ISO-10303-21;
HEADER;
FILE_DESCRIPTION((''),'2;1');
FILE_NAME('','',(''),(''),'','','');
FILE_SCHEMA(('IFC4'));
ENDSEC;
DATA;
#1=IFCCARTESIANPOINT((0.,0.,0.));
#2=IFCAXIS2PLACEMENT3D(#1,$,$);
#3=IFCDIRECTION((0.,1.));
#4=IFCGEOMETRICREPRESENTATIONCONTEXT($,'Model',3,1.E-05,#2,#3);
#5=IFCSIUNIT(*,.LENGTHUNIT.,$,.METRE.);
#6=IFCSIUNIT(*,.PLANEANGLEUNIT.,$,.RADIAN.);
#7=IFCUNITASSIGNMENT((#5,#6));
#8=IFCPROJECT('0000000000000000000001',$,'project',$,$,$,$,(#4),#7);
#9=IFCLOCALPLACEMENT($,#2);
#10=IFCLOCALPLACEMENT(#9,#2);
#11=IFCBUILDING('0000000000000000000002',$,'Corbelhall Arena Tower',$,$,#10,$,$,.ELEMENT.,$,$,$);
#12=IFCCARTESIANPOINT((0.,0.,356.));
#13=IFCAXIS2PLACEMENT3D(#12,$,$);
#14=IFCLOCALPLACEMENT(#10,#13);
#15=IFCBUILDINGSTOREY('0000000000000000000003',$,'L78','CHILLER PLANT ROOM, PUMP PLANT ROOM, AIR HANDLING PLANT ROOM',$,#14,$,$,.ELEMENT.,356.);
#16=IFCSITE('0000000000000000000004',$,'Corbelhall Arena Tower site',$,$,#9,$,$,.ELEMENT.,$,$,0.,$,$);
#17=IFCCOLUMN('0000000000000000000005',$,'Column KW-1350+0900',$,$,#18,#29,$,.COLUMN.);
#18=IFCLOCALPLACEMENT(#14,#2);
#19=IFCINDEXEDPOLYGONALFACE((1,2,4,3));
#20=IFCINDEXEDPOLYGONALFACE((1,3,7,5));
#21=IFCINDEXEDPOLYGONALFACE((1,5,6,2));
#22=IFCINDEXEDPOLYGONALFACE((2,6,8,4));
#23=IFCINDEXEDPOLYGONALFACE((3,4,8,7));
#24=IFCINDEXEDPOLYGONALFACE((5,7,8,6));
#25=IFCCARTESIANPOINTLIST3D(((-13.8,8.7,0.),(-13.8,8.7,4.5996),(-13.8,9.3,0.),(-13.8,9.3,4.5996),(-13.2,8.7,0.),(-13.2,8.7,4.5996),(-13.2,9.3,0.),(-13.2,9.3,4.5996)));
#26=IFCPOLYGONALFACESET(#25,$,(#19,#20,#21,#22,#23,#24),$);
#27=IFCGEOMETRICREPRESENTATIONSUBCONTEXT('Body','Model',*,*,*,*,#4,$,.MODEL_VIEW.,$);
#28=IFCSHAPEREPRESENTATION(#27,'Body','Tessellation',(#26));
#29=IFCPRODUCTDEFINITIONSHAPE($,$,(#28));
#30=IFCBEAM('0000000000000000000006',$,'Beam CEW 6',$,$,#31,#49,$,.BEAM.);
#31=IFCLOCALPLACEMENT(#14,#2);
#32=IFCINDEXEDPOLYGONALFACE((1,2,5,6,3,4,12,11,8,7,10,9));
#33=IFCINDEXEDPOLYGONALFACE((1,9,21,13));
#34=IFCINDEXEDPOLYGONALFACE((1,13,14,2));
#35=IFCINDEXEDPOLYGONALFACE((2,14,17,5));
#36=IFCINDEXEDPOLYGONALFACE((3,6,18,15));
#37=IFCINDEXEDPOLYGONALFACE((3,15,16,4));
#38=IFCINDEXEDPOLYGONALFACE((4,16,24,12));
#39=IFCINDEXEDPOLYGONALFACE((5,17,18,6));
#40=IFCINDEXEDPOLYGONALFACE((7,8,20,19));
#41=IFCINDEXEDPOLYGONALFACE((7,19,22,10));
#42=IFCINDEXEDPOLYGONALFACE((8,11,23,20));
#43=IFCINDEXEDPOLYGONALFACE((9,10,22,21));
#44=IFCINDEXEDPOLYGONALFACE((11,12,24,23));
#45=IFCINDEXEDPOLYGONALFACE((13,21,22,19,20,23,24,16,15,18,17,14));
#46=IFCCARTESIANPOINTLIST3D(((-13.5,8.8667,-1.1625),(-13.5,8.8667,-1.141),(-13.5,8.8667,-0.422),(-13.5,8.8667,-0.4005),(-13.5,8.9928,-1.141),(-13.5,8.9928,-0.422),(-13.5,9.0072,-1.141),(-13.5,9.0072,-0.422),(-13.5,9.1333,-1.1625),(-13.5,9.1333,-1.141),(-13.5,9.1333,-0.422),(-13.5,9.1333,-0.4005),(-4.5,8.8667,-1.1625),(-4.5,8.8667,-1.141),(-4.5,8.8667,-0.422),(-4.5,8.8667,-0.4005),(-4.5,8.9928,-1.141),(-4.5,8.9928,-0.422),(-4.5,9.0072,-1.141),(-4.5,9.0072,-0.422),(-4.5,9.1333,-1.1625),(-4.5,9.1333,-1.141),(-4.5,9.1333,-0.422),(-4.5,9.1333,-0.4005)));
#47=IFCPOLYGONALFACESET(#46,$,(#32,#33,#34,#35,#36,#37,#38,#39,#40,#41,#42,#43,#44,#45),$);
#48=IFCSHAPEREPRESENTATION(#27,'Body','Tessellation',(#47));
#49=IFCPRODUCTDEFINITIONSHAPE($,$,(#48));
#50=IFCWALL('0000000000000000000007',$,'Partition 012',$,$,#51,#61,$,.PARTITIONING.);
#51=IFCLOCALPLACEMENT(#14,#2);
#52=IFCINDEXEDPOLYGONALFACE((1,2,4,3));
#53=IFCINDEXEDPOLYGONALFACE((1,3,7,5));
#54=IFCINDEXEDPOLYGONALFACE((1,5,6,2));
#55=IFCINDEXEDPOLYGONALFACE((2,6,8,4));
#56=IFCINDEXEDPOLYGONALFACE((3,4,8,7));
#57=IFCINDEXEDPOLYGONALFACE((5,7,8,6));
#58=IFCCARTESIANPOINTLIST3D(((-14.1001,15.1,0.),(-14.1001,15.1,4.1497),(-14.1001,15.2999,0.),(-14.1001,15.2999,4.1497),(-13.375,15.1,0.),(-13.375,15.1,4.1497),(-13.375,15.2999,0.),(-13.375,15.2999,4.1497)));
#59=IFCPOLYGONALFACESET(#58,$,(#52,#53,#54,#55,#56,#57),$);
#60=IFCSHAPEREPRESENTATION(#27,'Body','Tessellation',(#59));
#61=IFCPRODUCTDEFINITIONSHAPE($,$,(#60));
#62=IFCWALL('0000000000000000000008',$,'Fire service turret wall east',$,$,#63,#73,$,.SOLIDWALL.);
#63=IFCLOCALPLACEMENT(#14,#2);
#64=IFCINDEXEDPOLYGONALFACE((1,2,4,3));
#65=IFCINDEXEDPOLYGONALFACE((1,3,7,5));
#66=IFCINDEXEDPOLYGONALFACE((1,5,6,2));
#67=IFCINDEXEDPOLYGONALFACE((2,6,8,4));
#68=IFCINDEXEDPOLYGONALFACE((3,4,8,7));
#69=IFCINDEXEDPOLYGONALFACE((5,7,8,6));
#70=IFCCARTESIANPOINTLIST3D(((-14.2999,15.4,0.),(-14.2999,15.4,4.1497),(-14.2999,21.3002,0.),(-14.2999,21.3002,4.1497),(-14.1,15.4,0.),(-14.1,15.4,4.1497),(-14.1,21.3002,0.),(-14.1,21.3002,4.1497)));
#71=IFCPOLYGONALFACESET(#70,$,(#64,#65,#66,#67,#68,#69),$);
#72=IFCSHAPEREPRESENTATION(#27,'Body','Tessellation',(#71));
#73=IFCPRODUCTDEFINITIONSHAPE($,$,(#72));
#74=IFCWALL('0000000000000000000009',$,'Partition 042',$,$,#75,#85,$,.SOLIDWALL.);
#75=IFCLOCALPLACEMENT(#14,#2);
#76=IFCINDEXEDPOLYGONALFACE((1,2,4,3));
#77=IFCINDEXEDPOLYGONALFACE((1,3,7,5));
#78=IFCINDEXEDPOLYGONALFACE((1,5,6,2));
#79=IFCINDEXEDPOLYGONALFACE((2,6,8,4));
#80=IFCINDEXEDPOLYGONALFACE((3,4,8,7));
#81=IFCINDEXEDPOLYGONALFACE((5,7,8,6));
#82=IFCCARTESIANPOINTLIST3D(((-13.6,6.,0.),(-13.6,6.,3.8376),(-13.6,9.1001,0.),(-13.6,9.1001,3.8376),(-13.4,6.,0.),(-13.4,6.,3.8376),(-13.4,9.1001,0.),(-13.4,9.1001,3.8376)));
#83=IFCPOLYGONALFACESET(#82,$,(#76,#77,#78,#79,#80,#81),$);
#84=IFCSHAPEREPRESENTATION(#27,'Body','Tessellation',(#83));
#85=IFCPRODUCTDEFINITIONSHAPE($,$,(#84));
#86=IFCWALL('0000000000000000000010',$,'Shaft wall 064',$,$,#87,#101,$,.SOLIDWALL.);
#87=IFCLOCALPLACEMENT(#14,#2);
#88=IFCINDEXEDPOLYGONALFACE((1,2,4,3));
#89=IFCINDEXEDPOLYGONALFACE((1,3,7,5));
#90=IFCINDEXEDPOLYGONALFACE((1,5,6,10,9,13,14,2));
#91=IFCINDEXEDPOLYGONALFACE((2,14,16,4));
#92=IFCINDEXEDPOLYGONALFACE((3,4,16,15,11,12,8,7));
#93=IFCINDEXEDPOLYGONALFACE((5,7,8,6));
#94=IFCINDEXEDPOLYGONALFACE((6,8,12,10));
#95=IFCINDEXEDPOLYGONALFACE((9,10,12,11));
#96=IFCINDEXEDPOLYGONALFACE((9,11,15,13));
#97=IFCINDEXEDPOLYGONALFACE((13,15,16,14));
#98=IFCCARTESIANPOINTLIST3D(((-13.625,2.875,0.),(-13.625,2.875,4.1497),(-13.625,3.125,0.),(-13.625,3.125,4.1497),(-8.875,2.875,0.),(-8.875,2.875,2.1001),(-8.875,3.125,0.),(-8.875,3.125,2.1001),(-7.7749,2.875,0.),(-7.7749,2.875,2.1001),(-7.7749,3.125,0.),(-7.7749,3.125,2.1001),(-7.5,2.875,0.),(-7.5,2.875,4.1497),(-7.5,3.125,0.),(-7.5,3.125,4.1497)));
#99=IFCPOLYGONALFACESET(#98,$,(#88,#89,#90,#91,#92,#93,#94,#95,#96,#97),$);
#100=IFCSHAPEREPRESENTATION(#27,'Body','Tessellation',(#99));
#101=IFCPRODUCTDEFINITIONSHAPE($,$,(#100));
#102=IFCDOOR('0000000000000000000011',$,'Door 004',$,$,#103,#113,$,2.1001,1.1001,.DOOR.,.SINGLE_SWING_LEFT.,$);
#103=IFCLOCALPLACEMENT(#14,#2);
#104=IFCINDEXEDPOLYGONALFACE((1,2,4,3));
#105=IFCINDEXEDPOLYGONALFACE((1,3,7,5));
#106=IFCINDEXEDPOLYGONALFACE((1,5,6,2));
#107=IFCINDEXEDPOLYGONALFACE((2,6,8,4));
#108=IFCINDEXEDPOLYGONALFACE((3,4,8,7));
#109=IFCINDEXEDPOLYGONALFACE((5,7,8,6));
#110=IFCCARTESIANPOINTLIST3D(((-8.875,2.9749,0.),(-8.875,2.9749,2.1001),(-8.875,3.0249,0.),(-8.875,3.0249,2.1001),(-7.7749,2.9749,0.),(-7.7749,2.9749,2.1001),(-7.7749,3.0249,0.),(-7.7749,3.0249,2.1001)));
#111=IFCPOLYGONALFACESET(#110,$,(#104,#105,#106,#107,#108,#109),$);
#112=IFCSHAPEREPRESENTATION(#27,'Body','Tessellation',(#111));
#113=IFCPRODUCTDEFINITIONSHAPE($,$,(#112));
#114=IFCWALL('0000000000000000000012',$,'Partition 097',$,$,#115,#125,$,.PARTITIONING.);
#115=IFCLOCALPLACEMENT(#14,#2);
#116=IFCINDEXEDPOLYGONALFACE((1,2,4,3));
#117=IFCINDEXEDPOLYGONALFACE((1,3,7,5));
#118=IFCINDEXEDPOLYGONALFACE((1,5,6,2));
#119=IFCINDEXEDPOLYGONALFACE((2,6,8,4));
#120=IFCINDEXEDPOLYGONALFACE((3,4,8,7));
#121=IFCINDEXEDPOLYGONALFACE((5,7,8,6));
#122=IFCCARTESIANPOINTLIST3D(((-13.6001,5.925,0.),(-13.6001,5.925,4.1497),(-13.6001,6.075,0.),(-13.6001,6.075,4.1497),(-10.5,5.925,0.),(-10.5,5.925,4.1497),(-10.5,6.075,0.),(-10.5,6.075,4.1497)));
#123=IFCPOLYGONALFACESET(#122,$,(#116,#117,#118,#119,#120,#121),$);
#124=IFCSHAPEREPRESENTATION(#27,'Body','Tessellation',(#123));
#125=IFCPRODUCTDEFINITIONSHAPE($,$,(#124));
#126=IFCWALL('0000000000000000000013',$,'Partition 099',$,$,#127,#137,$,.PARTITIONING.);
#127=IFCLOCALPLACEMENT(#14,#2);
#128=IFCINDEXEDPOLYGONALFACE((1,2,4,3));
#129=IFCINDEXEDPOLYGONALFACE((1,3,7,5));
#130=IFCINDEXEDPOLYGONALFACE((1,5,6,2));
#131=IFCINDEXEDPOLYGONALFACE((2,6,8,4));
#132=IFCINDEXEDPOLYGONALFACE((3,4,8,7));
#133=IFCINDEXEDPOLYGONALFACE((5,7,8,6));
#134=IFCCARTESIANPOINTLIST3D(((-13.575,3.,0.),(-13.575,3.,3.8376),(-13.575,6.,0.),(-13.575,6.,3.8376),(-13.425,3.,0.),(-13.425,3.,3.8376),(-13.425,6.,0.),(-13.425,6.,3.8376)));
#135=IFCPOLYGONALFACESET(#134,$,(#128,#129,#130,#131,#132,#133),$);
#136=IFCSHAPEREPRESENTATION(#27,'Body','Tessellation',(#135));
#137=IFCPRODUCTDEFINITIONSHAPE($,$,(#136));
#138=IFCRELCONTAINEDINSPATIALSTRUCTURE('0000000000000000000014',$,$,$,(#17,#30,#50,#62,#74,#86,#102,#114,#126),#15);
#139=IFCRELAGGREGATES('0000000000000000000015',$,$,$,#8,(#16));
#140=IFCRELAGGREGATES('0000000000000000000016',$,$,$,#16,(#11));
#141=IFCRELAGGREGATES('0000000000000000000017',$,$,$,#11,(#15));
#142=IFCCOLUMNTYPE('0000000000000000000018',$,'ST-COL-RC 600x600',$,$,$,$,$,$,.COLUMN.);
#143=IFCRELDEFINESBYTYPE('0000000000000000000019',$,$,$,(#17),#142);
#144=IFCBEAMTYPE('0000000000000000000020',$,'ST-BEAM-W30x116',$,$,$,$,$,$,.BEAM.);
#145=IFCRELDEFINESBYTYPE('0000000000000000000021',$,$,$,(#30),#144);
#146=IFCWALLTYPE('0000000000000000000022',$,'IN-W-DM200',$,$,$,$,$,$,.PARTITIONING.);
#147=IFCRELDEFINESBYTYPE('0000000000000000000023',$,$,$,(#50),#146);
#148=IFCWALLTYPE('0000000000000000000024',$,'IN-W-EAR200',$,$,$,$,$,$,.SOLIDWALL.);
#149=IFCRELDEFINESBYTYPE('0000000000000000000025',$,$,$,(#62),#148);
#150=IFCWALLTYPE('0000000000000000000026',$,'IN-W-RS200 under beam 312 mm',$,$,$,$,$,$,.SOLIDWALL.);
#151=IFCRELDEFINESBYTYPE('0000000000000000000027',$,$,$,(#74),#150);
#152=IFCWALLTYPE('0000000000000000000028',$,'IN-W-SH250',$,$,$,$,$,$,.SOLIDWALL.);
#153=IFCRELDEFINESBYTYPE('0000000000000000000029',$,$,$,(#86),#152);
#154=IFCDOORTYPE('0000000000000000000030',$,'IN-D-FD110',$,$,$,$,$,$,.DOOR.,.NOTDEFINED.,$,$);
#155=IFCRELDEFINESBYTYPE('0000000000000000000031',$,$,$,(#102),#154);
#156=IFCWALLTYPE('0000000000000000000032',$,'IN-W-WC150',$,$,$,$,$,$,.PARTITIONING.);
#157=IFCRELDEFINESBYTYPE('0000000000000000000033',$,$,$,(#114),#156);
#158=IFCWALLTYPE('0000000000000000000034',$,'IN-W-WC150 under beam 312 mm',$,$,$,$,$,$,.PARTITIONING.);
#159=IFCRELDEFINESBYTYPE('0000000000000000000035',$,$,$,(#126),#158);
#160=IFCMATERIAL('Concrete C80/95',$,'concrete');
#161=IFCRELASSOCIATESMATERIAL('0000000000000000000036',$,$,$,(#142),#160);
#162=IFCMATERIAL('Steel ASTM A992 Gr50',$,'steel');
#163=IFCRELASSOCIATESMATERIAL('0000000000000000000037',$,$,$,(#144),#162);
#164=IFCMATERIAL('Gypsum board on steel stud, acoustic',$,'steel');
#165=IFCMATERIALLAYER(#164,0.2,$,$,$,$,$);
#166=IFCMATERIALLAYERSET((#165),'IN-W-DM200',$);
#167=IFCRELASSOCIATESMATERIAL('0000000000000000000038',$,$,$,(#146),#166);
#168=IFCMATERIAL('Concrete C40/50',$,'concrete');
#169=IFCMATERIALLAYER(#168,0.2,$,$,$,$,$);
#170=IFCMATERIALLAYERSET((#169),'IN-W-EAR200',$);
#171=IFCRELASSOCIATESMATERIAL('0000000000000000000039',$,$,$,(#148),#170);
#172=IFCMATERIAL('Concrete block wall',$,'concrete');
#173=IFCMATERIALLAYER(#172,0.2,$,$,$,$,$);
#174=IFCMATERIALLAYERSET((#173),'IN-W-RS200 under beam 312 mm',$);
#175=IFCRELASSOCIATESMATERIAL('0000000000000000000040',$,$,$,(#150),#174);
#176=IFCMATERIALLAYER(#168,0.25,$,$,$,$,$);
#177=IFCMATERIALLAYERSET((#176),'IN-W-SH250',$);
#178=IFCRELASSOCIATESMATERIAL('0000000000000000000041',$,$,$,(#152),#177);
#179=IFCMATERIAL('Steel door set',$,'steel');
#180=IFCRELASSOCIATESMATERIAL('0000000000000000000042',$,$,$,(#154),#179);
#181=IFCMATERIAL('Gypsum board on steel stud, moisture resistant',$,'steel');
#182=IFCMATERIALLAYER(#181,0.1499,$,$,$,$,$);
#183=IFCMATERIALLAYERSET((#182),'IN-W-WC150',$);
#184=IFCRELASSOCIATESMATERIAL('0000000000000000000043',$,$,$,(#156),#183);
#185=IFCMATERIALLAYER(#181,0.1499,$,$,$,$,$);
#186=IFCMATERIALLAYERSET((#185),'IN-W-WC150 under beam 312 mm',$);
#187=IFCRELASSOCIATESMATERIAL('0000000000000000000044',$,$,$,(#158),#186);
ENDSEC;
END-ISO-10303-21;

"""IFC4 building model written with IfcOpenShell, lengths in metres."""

from ifc_helpers import new_model, si_unit, direction, frame, frame_2d, origin, origin_2d, place, context, subcontext, project, spatial, rectangle, i_section, extrude, material, layer, layer_set, material_profile, profile_set, type_object, element, fill, save


model = new_model("IFC4")

# Units and contexts
model_context = context("Model", 3, precision=1e-05, world=origin(), true_north=direction((0.0, 1.0)))
body_context = subcontext(model_context, "Body", "Model", "MODEL_VIEW")
ifc_project = project(units=[si_unit("LENGTHUNIT", "METRE"), si_unit("PLANEANGLEUNIT", "RADIAN")], contexts=[model_context])

# Site, building, storey
site_placement = place(None, origin())
site = spatial("IfcSite", under=ifc_project, at=site_placement, Name="Corbelhall Arena Tower site", CompositionType="ELEMENT", RefElevation=0.0)
building_placement = place(site_placement, origin())
building = spatial("IfcBuilding", under=site, at=building_placement, Name="Corbelhall Arena Tower", CompositionType="ELEMENT")
storey_placement = place(building_placement, frame((0.0, 0.0, 356.0)))
storey = spatial("IfcBuildingStorey", under=building, at=storey_placement, Name="L78", Description="CHILLER PLANT ROOM, PUMP PLANT ROOM, AIR HANDLING PLANT ROOM", CompositionType="ELEMENT", Elevation=356.0)

# Column
ifc_material_1 = material(Name="Concrete C80/95", Category="concrete")
ifc_material_profile_1 = material_profile(ifc_material_1, rectangle(XDim=0.6001, YDim=0.6001, at=origin_2d()))
ifc_profile_set_1 = profile_set([ifc_material_profile_1], Name="Concrete C80/95")
column_type = type_object("IfcColumnType", Name="ST-COL-RC 600x600", PredefinedType="COLUMN", material=ifc_profile_set_1)
column_placement = place(storey_placement, frame((-13.5, 9.0, 0.0), z_axis=(0.0, 0.0, 1.0), x_axis=(1.0, 0.0, 0.0)))
element("IfcColumn", 1, at=column_placement, inside=storey, type_object=column_type, Name="Column KW-1350+0900", PredefinedType="COLUMN", context=body_context, shape_type="SweptSolid", body=[
    extrude(rectangle(XDim=0.6001, YDim=0.6001, at=origin_2d()), origin(), (0.0, 0.0, 1.0), 4.5996),
])

# Beam
ifc_material_2 = material(Name="Steel ASTM A992 Gr50", Category="steel")
ifc_material_profile_2 = material_profile(ifc_material_2, i_section(OverallWidth=0.2666, OverallDepth=0.762, WebThickness=0.0144, FlangeThickness=0.0215, at=origin_2d()))
ifc_profile_set_2 = profile_set([ifc_material_profile_2], Name="Steel ASTM A992 Gr50")
beam_type = type_object("IfcBeamType", Name="ST-BEAM-W30x116", PredefinedType="BEAM", material=ifc_profile_set_2)
beam_placement = place(storey_placement, frame((-13.5, 9.0, -0.7815), z_axis=(1.0, 0.0, 0.0), x_axis=(0.0, 1.0, 0.0)))
element("IfcBeam", 2, at=beam_placement, inside=storey, type_object=beam_type, Name="Beam CEW 6", PredefinedType="BEAM", context=body_context, shape_type="SweptSolid", body=[
    extrude(i_section(OverallWidth=0.2666, OverallDepth=0.762, WebThickness=0.0144, FlangeThickness=0.0215, at=origin_2d()), origin(), (0.0, 0.0, 1.0), 9.0),
])

# Shared definitions
ifc_material_3 = material(Name="Gypsum board on steel stud, acoustic", Category="steel")
ifc_layer_1 = layer(ifc_material_3, 0.2)
ifc_layer_set_1 = layer_set([ifc_layer_1], Name="IN-W-DM200")
wall_type_1 = type_object("IfcWallType", Name="IN-W-DM200", PredefinedType="PARTITIONING", material=ifc_layer_set_1)
ifc_material_4 = material(Name="Steel door set", Category="steel")

# Walls
wall_1_placement = place(storey_placement, frame((-14.1001, 15.2, 0.0), z_axis=(0.0, 0.0, 1.0), x_axis=(1.0, 0.0, 0.0)))
element("IfcWall", 3, at=wall_1_placement, inside=storey, type_object=wall_type_1, Name="Partition 012", PredefinedType="PARTITIONING", context=body_context, shape_type="SweptSolid", body=[
    extrude(rectangle(XDim=0.7251, YDim=0.2, at=frame_2d((0.3625, 0.0))), origin(), (0.0, 0.0, 1.0), 4.1497),
])
ifc_material_5 = material(Name="Concrete C40/50", Category="concrete")
ifc_layer_2 = layer(ifc_material_5, 0.2)
ifc_layer_set_2 = layer_set([ifc_layer_2], Name="IN-W-EAR200")
wall_type_2 = type_object("IfcWallType", Name="IN-W-EAR200", PredefinedType="SOLIDWALL", material=ifc_layer_set_2)
wall_2_placement = place(storey_placement, frame((-14.2, 15.3999, 0.0), z_axis=(0.0, 0.0, 1.0), x_axis=(0.0, 1.0, 0.0)))
element("IfcWall", 4, at=wall_2_placement, inside=storey, type_object=wall_type_2, Name="Fire service turret wall east", PredefinedType="SOLIDWALL", context=body_context, shape_type="SweptSolid", body=[
    extrude(rectangle(XDim=5.9001, YDim=0.2, at=frame_2d((2.9502, 0.0))), origin(), (0.0, 0.0, 1.0), 4.1497),
])

# Wall
ifc_material_6 = material(Name="Concrete block wall", Category="concrete")
ifc_layer_3 = layer(ifc_material_6, 0.2)
ifc_layer_set_3 = layer_set([ifc_layer_3], Name="IN-W-RS200 under beam 312 mm")
wall_type_3 = type_object("IfcWallType", Name="IN-W-RS200 under beam 312 mm", PredefinedType="SOLIDWALL", material=ifc_layer_set_3)
wall_3_placement = place(storey_placement, frame((-13.5, 6.0, 0.0), z_axis=(0.0, 0.0, 1.0), x_axis=(0.0, 1.0, 0.0)))
element("IfcWall", 5, at=wall_3_placement, inside=storey, type_object=wall_type_3, Name="Partition 042", PredefinedType="SOLIDWALL", context=body_context, shape_type="SweptSolid", body=[
    extrude(rectangle(XDim=3.1001, YDim=0.2, at=frame_2d((1.55, 0.0))), origin(), (0.0, 0.0, 1.0), 3.8376),
])

# Wall, opening, door
ifc_layer_4 = layer(ifc_material_5, 0.25)
ifc_layer_set_4 = layer_set([ifc_layer_4], Name="IN-W-SH250")
wall_type_4 = type_object("IfcWallType", Name="IN-W-SH250", PredefinedType="SOLIDWALL", material=ifc_layer_set_4)
wall_4_placement = place(storey_placement, frame((-13.625, 3.0, 0.0), z_axis=(0.0, 0.0, 1.0), x_axis=(1.0, 0.0, 0.0)))
wall_4 = element("IfcWall", 6, at=wall_4_placement, inside=storey, type_object=wall_type_4, Name="Shaft wall 064", PredefinedType="SOLIDWALL", context=body_context, shape_type="SweptSolid", body=[
    extrude(rectangle(XDim=6.125, YDim=0.25, at=frame_2d((3.0625, 0.0))), origin(), (0.0, 0.0, 1.0), 4.1497),
])
opening_1_placement = place(wall_4_placement, frame((4.75, 0.0, 0.0)))
opening_1 = element("IfcOpeningElement", 7, at=opening_1_placement, cuts=wall_4, PredefinedType="OPENING", context=body_context, shape_type="SweptSolid", body=[
    extrude(rectangle(XDim=1.1001, YDim=2.1001, at=frame_2d((0.55, 1.05))), frame((0.0, 0.125, 0.0), z_axis=(0.0, -1.0, 0.0), x_axis=(1.0, 0.0, 0.0)), (0.0, 0.0, 1.0), 0.25),
])
door_type_1 = type_object("IfcDoorType", Name="IN-D-FD110", OperationType="NOTDEFINED", PredefinedType="DOOR", material=ifc_material_4)
door_1_placement = place(opening_1_placement, origin())
door_1 = element("IfcDoor", 8, at=door_1_placement, inside=storey, type_object=door_type_1, Name="Door 004", OperationType="SINGLE_SWING_LEFT", OverallHeight=2.1001, OverallWidth=1.1001, PredefinedType="DOOR", context=body_context, shape_type="SweptSolid", body=[
    extrude(rectangle(XDim=1.1001, YDim=2.1001, at=frame_2d((0.55, 1.05))), frame((0.0, 0.0249, 0.0), z_axis=(0.0, -1.0, 0.0), x_axis=(1.0, 0.0, 0.0)), (0.0, 0.0, 1.0), 0.05),
])
fill(opening_1, door_1)

# Walls
ifc_material_7 = material(Name="Gypsum board on steel stud, moisture resistant", Category="steel")
ifc_layer_5 = layer(ifc_material_7, 0.1499)
ifc_layer_set_5 = layer_set([ifc_layer_5], Name="IN-W-WC150")
wall_type_5 = type_object("IfcWallType", Name="IN-W-WC150", PredefinedType="PARTITIONING", material=ifc_layer_set_5)
wall_5_placement = place(storey_placement, frame((-13.6001, 6.0, 0.0), z_axis=(0.0, 0.0, 1.0), x_axis=(1.0, 0.0, 0.0)))
element("IfcWall", 9, at=wall_5_placement, inside=storey, type_object=wall_type_5, Name="Partition 097", PredefinedType="PARTITIONING", context=body_context, shape_type="SweptSolid", body=[
    extrude(rectangle(XDim=3.1001, YDim=0.1499, at=frame_2d((1.55, 0.0))), origin(), (0.0, 0.0, 1.0), 4.1497),
])
ifc_layer_6 = layer(ifc_material_7, 0.1499)
ifc_layer_set_6 = layer_set([ifc_layer_6], Name="IN-W-WC150 under beam 312 mm")
wall_type_6 = type_object("IfcWallType", Name="IN-W-WC150 under beam 312 mm", PredefinedType="PARTITIONING", material=ifc_layer_set_6)
wall_6_placement = place(storey_placement, frame((-13.5, 3.0, 0.0), z_axis=(0.0, 0.0, 1.0), x_axis=(0.0, 1.0, 0.0)))
element("IfcWall", 10, at=wall_6_placement, inside=storey, type_object=wall_type_6, Name="Partition 099", PredefinedType="PARTITIONING", context=body_context, shape_type="SweptSolid", body=[
    extrude(rectangle(XDim=3.0, YDim=0.1499, at=frame_2d((1.5, 0.0))), origin(), (0.0, 0.0, 1.0), 3.8376),
])

save(model, "model.ifc")
